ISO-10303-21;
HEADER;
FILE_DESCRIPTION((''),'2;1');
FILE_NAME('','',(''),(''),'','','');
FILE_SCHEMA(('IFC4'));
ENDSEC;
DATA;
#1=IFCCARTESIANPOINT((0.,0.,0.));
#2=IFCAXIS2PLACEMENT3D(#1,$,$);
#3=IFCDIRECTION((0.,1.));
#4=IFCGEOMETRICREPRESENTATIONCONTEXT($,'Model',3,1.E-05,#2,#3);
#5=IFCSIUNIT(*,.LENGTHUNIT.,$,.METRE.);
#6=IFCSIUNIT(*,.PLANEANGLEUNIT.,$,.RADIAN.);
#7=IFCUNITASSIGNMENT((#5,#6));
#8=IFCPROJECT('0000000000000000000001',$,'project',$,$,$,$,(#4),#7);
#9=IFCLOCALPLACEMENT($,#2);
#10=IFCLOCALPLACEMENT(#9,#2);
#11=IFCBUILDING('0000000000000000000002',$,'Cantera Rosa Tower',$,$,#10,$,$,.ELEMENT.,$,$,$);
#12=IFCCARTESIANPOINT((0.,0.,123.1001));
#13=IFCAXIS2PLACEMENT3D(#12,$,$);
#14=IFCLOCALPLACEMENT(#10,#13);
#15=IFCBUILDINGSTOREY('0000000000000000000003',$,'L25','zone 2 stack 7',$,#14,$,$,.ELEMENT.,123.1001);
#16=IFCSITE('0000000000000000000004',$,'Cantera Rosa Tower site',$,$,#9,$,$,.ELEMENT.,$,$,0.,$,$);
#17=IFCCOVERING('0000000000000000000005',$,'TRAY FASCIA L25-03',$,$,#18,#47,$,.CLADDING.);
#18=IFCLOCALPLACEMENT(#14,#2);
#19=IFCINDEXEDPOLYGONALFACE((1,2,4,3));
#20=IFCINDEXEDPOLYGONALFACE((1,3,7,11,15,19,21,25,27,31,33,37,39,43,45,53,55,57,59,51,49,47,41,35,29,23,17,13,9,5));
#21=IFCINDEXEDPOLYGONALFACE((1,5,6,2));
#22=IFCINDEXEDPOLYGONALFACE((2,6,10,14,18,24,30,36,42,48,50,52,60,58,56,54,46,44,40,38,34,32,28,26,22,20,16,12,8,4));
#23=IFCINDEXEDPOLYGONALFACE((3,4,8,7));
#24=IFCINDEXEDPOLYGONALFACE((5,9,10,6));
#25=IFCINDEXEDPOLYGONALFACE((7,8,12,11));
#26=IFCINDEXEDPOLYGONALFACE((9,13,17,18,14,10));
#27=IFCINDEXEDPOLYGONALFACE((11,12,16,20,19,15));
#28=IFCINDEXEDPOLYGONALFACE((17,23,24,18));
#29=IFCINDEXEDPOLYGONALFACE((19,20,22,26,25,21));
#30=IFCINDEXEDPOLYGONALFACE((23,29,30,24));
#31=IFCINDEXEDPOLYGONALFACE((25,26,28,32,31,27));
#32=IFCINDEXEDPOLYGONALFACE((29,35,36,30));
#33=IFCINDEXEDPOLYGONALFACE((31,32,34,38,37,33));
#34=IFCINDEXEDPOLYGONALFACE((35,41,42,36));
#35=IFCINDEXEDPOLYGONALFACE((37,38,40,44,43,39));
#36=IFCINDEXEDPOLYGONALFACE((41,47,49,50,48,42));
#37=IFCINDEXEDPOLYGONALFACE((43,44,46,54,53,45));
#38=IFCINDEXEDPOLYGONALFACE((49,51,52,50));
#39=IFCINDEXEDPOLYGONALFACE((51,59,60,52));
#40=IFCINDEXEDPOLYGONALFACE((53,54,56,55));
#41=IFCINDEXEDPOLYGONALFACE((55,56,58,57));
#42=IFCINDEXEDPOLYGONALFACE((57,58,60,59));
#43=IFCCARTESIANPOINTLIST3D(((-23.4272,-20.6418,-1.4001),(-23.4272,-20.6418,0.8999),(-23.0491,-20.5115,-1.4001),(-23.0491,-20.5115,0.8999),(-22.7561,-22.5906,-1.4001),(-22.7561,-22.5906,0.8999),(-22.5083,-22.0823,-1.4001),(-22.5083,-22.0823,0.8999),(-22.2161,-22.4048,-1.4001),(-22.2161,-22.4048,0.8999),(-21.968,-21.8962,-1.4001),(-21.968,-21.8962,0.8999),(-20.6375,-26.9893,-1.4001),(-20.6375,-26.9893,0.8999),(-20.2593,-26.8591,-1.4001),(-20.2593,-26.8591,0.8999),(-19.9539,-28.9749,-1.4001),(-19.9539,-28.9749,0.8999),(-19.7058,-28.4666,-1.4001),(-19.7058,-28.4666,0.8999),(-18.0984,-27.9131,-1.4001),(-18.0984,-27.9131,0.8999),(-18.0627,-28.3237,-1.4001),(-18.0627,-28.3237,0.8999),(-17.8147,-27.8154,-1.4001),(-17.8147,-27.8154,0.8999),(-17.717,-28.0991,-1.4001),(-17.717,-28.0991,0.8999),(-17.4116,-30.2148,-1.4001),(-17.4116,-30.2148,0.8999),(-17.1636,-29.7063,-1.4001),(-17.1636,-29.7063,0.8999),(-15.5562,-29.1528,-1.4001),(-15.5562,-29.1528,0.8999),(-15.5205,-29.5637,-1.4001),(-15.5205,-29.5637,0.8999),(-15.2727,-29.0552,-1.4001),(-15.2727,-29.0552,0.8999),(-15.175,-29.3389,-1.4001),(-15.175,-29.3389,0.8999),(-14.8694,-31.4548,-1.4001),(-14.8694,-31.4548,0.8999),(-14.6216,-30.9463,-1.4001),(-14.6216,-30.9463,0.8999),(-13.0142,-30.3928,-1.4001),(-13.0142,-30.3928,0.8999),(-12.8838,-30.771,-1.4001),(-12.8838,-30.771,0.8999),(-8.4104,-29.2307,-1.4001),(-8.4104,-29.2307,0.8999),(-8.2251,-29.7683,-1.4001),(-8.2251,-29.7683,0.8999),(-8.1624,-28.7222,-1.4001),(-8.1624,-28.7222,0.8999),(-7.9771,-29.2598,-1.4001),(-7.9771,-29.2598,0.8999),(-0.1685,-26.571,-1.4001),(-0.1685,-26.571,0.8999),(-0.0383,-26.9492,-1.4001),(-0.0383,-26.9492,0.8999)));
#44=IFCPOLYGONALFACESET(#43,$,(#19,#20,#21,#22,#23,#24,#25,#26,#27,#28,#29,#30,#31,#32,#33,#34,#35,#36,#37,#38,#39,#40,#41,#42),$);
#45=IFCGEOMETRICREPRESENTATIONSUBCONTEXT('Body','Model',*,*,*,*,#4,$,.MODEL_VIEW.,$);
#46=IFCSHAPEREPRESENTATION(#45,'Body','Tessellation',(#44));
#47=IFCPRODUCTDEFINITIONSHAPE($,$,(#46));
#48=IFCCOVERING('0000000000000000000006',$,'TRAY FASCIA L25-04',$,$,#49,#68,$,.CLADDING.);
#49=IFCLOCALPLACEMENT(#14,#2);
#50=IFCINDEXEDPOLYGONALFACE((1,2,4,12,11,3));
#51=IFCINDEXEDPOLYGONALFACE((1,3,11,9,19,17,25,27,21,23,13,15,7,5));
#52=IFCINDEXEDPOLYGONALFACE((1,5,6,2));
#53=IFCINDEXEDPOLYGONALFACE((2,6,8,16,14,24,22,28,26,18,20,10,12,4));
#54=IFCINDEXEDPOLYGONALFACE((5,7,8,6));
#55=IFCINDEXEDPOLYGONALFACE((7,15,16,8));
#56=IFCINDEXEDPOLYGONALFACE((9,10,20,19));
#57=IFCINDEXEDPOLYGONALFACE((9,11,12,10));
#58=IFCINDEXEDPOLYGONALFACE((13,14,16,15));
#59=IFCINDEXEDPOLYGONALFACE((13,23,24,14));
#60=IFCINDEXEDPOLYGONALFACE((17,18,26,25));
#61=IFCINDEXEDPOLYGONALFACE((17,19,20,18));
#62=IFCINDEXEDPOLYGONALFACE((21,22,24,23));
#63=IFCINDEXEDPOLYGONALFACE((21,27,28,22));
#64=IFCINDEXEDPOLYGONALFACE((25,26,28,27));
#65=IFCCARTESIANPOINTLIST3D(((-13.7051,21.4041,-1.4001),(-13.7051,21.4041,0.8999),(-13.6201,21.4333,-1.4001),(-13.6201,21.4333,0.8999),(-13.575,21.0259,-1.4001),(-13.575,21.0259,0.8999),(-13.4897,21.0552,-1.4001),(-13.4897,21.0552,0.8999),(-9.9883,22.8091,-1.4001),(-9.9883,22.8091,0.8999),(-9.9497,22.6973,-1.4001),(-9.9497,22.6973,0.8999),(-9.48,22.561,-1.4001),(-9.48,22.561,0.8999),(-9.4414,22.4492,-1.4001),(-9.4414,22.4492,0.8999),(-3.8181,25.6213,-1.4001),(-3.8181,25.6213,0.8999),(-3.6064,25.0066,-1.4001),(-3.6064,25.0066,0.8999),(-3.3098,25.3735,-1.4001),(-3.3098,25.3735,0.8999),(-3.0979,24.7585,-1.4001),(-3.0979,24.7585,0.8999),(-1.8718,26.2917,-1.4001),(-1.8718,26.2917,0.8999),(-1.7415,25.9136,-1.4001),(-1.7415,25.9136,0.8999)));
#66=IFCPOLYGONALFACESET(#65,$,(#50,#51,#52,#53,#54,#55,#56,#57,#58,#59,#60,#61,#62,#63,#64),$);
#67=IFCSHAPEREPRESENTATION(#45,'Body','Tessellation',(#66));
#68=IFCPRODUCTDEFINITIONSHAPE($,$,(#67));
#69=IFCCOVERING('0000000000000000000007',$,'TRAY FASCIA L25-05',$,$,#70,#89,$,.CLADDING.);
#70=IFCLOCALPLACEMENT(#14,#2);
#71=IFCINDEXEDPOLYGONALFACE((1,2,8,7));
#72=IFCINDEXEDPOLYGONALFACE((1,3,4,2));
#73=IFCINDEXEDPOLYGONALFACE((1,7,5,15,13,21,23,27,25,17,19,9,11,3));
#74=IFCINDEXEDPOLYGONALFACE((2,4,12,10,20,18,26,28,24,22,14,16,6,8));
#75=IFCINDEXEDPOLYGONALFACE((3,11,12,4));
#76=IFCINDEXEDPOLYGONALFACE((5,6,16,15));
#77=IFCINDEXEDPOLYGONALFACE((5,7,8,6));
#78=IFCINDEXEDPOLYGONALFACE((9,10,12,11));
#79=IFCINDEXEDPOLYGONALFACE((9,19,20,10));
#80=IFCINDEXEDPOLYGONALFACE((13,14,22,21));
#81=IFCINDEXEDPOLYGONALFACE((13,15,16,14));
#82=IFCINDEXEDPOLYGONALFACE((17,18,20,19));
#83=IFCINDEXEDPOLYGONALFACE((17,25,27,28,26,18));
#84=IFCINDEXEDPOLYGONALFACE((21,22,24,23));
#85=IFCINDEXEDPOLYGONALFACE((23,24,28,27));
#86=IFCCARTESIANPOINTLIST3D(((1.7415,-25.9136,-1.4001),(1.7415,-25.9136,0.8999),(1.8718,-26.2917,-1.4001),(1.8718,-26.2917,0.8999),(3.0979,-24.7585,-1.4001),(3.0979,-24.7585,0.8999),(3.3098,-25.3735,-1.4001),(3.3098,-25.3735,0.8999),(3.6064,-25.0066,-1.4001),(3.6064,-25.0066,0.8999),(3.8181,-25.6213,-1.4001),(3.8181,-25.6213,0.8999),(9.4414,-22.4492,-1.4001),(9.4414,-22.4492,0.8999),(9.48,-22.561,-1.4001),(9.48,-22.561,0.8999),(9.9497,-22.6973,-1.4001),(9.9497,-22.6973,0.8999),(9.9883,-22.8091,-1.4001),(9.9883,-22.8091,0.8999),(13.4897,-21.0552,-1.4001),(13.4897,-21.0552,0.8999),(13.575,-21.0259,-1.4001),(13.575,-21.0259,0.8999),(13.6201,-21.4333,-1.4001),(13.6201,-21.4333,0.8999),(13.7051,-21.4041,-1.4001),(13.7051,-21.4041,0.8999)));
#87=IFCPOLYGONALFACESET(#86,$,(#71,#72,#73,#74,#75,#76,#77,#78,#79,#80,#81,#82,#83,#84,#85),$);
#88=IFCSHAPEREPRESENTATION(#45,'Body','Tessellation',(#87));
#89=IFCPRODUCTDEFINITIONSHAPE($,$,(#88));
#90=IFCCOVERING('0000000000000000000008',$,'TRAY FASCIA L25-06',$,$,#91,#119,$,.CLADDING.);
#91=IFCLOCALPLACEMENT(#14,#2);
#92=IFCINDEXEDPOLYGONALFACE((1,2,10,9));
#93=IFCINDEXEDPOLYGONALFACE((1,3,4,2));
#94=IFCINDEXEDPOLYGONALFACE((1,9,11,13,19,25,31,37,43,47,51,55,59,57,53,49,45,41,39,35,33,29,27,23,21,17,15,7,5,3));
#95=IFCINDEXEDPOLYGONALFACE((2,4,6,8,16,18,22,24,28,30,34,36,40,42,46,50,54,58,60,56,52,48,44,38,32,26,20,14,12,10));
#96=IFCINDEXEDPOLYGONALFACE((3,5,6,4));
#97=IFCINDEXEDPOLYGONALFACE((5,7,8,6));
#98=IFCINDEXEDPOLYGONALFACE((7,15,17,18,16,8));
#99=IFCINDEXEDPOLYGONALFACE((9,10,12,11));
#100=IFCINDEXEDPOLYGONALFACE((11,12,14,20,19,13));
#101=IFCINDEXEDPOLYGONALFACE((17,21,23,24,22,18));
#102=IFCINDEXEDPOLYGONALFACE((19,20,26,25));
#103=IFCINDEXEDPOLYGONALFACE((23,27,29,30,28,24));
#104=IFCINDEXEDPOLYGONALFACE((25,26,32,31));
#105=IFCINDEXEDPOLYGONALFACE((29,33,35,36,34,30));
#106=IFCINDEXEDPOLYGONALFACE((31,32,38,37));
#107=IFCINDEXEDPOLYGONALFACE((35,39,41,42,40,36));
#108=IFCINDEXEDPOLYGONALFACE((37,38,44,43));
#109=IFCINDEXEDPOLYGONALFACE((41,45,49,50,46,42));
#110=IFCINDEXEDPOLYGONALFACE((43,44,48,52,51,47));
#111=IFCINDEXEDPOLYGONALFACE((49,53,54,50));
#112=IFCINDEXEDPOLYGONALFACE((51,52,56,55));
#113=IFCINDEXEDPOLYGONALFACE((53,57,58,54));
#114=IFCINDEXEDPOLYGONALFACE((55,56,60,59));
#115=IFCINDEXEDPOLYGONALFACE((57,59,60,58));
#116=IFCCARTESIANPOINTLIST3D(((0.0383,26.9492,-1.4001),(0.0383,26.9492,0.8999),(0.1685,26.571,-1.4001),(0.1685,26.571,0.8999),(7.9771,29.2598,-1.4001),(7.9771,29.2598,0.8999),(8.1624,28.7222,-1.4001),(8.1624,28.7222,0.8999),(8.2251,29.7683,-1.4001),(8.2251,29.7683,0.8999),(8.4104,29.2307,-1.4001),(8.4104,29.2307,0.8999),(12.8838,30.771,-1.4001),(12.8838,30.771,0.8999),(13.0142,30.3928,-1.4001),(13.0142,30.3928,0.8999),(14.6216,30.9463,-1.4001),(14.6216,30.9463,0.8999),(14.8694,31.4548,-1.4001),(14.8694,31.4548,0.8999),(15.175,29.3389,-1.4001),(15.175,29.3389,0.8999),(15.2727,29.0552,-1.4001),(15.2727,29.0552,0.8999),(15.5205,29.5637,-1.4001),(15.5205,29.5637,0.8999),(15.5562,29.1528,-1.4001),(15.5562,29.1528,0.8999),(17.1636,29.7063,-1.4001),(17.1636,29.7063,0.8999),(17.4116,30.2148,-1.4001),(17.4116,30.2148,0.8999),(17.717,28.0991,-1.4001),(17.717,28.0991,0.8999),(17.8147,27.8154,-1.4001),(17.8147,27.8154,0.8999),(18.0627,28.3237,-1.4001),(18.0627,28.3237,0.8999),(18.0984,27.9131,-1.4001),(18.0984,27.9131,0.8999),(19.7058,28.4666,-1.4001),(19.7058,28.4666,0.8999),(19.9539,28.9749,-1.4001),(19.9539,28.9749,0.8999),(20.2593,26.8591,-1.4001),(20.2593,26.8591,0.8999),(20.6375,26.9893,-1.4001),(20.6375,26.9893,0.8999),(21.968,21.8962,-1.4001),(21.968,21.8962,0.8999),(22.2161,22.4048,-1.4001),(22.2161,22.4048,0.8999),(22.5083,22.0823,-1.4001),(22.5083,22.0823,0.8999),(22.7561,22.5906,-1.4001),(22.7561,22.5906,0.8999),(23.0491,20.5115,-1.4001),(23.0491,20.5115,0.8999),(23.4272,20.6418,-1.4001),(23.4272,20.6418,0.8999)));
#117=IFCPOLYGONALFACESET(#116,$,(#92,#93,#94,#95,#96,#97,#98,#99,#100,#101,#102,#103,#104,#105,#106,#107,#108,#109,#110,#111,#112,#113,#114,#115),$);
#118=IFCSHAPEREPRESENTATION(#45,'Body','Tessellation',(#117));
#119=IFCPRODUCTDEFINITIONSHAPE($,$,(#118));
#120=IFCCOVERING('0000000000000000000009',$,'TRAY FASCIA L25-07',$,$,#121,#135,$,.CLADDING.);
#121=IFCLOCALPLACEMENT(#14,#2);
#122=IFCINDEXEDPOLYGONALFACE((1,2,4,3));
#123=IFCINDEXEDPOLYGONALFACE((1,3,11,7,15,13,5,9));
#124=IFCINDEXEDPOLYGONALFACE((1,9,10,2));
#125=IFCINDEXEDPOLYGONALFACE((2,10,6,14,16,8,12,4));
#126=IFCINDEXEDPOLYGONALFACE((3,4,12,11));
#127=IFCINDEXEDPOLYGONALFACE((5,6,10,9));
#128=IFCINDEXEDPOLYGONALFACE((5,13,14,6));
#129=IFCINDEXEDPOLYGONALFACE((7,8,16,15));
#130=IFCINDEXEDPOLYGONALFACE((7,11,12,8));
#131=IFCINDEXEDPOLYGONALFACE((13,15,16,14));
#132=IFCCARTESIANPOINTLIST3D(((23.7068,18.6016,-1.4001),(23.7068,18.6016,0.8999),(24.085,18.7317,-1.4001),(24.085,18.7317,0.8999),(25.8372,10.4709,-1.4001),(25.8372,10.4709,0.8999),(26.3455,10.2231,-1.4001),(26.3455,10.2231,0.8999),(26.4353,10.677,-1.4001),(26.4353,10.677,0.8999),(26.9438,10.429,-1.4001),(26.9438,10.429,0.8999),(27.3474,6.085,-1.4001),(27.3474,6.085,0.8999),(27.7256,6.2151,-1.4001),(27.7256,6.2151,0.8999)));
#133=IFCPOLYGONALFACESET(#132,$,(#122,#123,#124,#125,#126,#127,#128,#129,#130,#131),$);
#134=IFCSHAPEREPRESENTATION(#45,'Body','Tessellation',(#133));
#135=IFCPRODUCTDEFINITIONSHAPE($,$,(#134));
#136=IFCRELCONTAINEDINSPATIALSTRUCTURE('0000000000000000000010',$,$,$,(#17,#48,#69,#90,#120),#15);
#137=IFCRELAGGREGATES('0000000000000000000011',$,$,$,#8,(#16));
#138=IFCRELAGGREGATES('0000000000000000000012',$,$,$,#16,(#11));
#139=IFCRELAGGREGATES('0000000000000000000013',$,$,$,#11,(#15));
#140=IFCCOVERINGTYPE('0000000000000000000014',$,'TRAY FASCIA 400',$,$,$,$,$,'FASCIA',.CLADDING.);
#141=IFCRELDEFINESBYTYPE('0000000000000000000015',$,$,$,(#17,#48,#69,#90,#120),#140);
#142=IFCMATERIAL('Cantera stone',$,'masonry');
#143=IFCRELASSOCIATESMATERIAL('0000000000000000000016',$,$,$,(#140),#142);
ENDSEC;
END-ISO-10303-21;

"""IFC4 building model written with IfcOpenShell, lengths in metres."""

from ifc_helpers import new_model, si_unit, direction, frame, origin, place, context, subcontext, project, spatial, polyline, outline, extrude, material, type_object, element, save


model = new_model("IFC4")

# Units and contexts
model_context = context("Model", 3, precision=1e-05, world=origin(), true_north=direction((0.0, 1.0)))
body_context = subcontext(model_context, "Body", "Model", "MODEL_VIEW")
ifc_project = project(units=[si_unit("LENGTHUNIT", "METRE"), si_unit("PLANEANGLEUNIT", "RADIAN")], contexts=[model_context])

# Site, building, storey
site_placement = place(None, origin())
site = spatial("IfcSite", under=ifc_project, at=site_placement, Name="Cantera Rosa Tower site", CompositionType="ELEMENT", RefElevation=0.0)
building_placement = place(site_placement, origin())
building = spatial("IfcBuilding", under=site, at=building_placement, Name="Cantera Rosa Tower", CompositionType="ELEMENT")
storey_placement = place(building_placement, frame((0.0, 0.0, 123.1001)))
storey = spatial("IfcBuildingStorey", under=building, at=storey_placement, Name="L25", Description="zone 2 stack 7", CompositionType="ELEMENT", Elevation=123.1001)

# Coverings
ifc_material_1 = material(Name="Cantera stone", Category="masonry")
covering_type_1 = type_object("IfcCoveringType", Name="TRAY FASCIA 400", ElementType="FASCIA", PredefinedType="CLADDING", material=ifc_material_1)
covering_1_placement = place(storey_placement, frame((0.0, 0.0, -1.4001)))
element("IfcCovering", 1, at=covering_1_placement, inside=storey, type_object=covering_type_1, Name="TRAY FASCIA L25-03", PredefinedType="CLADDING", context=body_context, shape_type="SweptSolid", body=[
    extrude(outline(polyline([(-8.2251, -29.7683), (-8.4104, -29.2307), (-12.8838, -30.771), (-14.8694, -31.4548), (-15.5205, -29.5637), (-17.4116, -30.2148), (-18.0627, -28.3237), (-19.9539, -28.9749), (-20.6375, -26.9893), (-22.2161, -22.4048), (-22.7561, -22.5906), (-23.4272, -20.6418), (-23.0491, -20.5115), (-22.5083, -22.0823), (-21.968, -21.8962), (-20.2593, -26.8591), (-19.7058, -28.4666), (-18.0984, -27.9131), (-17.8147, -27.8154), (-17.717, -28.0991), (-17.1636, -29.7063), (-15.5562, -29.1528), (-15.2727, -29.0552), (-15.175, -29.3389), (-14.6216, -30.9463), (-13.0142, -30.3928), (-8.1624, -28.7222), (-7.9771, -29.2598), (-0.1685, -26.571), (-0.0383, -26.9492), (-8.2251, -29.7683)])), origin(), (0.0, 0.0, 1.0), 2.3),
])
covering_2_placement = place(storey_placement, frame((0.0, 0.0, -1.4001)))
element("IfcCovering", 2, at=covering_2_placement, inside=storey, type_object=covering_type_1, Name="TRAY FASCIA L25-04", PredefinedType="CLADDING", context=body_context, shape_type="SweptSolid", body=[
    extrude(outline(polyline([(-13.6201, 21.4333), (-9.9497, 22.6973), (-9.9883, 22.8091), (-3.6064, 25.0066), (-3.8181, 25.6213), (-1.8718, 26.2917), (-1.7415, 25.9136), (-3.3098, 25.3735), (-3.0979, 24.7585), (-9.48, 22.561), (-9.4414, 22.4492), (-13.4897, 21.0552), (-13.575, 21.0259), (-13.7051, 21.4041), (-13.6201, 21.4333)])), origin(), (0.0, 0.0, 1.0), 2.3),
])
covering_3_placement = place(storey_placement, frame((0.0, 0.0, -1.4001)))
element("IfcCovering", 3, at=covering_3_placement, inside=storey, type_object=covering_type_1, Name="TRAY FASCIA L25-05", PredefinedType="CLADDING", context=body_context, shape_type="SweptSolid", body=[
    extrude(outline(polyline([(13.6201, -21.4333), (9.9497, -22.6973), (9.9883, -22.8091), (3.6064, -25.0066), (3.8181, -25.6213), (1.8718, -26.2917), (1.7415, -25.9136), (3.3098, -25.3735), (3.0979, -24.7585), (9.48, -22.561), (9.4414, -22.4492), (13.4897, -21.0552), (13.575, -21.0259), (13.7051, -21.4041), (13.6201, -21.4333)])), origin(), (0.0, 0.0, 1.0), 2.3),
])
covering_4_placement = place(storey_placement, frame((0.0, 0.0, -1.4001)))
element("IfcCovering", 4, at=covering_4_placement, inside=storey, type_object=covering_type_1, Name="TRAY FASCIA L25-06", PredefinedType="CLADDING", context=body_context, shape_type="SweptSolid", body=[
    extrude(outline(polyline([(8.2251, 29.7683), (8.4104, 29.2307), (12.8838, 30.771), (14.8694, 31.4548), (15.5205, 29.5637), (17.4116, 30.2148), (18.0627, 28.3237), (19.9539, 28.9749), (20.6375, 26.9893), (22.2161, 22.4048), (22.7561, 22.5906), (23.4272, 20.6418), (23.0491, 20.5115), (22.5083, 22.0823), (21.968, 21.8962), (20.2593, 26.8591), (19.7058, 28.4666), (18.0984, 27.9131), (17.8147, 27.8154), (17.717, 28.0991), (17.1636, 29.7063), (15.5562, 29.1528), (15.2727, 29.0552), (15.175, 29.3389), (14.6216, 30.9463), (13.0142, 30.3928), (8.1624, 28.7222), (7.9771, 29.2598), (0.1685, 26.571), (0.0383, 26.9492), (8.2251, 29.7683)])), origin(), (0.0, 0.0, 1.0), 2.3),
])
covering_5_placement = place(storey_placement, frame((0.0, 0.0, -1.4001)))
element("IfcCovering", 5, at=covering_5_placement, inside=storey, type_object=covering_type_1, Name="TRAY FASCIA L25-07", PredefinedType="CLADDING", context=body_context, shape_type="SweptSolid", body=[
    extrude(outline(polyline([(26.9438, 10.429), (26.3455, 10.2231), (27.7256, 6.2151), (27.3474, 6.085), (25.8372, 10.4709), (26.4353, 10.677), (23.7068, 18.6016), (24.085, 18.7317), (26.9438, 10.429)])), origin(), (0.0, 0.0, 1.0), 2.3),
])

save(model, "model.ifc")
